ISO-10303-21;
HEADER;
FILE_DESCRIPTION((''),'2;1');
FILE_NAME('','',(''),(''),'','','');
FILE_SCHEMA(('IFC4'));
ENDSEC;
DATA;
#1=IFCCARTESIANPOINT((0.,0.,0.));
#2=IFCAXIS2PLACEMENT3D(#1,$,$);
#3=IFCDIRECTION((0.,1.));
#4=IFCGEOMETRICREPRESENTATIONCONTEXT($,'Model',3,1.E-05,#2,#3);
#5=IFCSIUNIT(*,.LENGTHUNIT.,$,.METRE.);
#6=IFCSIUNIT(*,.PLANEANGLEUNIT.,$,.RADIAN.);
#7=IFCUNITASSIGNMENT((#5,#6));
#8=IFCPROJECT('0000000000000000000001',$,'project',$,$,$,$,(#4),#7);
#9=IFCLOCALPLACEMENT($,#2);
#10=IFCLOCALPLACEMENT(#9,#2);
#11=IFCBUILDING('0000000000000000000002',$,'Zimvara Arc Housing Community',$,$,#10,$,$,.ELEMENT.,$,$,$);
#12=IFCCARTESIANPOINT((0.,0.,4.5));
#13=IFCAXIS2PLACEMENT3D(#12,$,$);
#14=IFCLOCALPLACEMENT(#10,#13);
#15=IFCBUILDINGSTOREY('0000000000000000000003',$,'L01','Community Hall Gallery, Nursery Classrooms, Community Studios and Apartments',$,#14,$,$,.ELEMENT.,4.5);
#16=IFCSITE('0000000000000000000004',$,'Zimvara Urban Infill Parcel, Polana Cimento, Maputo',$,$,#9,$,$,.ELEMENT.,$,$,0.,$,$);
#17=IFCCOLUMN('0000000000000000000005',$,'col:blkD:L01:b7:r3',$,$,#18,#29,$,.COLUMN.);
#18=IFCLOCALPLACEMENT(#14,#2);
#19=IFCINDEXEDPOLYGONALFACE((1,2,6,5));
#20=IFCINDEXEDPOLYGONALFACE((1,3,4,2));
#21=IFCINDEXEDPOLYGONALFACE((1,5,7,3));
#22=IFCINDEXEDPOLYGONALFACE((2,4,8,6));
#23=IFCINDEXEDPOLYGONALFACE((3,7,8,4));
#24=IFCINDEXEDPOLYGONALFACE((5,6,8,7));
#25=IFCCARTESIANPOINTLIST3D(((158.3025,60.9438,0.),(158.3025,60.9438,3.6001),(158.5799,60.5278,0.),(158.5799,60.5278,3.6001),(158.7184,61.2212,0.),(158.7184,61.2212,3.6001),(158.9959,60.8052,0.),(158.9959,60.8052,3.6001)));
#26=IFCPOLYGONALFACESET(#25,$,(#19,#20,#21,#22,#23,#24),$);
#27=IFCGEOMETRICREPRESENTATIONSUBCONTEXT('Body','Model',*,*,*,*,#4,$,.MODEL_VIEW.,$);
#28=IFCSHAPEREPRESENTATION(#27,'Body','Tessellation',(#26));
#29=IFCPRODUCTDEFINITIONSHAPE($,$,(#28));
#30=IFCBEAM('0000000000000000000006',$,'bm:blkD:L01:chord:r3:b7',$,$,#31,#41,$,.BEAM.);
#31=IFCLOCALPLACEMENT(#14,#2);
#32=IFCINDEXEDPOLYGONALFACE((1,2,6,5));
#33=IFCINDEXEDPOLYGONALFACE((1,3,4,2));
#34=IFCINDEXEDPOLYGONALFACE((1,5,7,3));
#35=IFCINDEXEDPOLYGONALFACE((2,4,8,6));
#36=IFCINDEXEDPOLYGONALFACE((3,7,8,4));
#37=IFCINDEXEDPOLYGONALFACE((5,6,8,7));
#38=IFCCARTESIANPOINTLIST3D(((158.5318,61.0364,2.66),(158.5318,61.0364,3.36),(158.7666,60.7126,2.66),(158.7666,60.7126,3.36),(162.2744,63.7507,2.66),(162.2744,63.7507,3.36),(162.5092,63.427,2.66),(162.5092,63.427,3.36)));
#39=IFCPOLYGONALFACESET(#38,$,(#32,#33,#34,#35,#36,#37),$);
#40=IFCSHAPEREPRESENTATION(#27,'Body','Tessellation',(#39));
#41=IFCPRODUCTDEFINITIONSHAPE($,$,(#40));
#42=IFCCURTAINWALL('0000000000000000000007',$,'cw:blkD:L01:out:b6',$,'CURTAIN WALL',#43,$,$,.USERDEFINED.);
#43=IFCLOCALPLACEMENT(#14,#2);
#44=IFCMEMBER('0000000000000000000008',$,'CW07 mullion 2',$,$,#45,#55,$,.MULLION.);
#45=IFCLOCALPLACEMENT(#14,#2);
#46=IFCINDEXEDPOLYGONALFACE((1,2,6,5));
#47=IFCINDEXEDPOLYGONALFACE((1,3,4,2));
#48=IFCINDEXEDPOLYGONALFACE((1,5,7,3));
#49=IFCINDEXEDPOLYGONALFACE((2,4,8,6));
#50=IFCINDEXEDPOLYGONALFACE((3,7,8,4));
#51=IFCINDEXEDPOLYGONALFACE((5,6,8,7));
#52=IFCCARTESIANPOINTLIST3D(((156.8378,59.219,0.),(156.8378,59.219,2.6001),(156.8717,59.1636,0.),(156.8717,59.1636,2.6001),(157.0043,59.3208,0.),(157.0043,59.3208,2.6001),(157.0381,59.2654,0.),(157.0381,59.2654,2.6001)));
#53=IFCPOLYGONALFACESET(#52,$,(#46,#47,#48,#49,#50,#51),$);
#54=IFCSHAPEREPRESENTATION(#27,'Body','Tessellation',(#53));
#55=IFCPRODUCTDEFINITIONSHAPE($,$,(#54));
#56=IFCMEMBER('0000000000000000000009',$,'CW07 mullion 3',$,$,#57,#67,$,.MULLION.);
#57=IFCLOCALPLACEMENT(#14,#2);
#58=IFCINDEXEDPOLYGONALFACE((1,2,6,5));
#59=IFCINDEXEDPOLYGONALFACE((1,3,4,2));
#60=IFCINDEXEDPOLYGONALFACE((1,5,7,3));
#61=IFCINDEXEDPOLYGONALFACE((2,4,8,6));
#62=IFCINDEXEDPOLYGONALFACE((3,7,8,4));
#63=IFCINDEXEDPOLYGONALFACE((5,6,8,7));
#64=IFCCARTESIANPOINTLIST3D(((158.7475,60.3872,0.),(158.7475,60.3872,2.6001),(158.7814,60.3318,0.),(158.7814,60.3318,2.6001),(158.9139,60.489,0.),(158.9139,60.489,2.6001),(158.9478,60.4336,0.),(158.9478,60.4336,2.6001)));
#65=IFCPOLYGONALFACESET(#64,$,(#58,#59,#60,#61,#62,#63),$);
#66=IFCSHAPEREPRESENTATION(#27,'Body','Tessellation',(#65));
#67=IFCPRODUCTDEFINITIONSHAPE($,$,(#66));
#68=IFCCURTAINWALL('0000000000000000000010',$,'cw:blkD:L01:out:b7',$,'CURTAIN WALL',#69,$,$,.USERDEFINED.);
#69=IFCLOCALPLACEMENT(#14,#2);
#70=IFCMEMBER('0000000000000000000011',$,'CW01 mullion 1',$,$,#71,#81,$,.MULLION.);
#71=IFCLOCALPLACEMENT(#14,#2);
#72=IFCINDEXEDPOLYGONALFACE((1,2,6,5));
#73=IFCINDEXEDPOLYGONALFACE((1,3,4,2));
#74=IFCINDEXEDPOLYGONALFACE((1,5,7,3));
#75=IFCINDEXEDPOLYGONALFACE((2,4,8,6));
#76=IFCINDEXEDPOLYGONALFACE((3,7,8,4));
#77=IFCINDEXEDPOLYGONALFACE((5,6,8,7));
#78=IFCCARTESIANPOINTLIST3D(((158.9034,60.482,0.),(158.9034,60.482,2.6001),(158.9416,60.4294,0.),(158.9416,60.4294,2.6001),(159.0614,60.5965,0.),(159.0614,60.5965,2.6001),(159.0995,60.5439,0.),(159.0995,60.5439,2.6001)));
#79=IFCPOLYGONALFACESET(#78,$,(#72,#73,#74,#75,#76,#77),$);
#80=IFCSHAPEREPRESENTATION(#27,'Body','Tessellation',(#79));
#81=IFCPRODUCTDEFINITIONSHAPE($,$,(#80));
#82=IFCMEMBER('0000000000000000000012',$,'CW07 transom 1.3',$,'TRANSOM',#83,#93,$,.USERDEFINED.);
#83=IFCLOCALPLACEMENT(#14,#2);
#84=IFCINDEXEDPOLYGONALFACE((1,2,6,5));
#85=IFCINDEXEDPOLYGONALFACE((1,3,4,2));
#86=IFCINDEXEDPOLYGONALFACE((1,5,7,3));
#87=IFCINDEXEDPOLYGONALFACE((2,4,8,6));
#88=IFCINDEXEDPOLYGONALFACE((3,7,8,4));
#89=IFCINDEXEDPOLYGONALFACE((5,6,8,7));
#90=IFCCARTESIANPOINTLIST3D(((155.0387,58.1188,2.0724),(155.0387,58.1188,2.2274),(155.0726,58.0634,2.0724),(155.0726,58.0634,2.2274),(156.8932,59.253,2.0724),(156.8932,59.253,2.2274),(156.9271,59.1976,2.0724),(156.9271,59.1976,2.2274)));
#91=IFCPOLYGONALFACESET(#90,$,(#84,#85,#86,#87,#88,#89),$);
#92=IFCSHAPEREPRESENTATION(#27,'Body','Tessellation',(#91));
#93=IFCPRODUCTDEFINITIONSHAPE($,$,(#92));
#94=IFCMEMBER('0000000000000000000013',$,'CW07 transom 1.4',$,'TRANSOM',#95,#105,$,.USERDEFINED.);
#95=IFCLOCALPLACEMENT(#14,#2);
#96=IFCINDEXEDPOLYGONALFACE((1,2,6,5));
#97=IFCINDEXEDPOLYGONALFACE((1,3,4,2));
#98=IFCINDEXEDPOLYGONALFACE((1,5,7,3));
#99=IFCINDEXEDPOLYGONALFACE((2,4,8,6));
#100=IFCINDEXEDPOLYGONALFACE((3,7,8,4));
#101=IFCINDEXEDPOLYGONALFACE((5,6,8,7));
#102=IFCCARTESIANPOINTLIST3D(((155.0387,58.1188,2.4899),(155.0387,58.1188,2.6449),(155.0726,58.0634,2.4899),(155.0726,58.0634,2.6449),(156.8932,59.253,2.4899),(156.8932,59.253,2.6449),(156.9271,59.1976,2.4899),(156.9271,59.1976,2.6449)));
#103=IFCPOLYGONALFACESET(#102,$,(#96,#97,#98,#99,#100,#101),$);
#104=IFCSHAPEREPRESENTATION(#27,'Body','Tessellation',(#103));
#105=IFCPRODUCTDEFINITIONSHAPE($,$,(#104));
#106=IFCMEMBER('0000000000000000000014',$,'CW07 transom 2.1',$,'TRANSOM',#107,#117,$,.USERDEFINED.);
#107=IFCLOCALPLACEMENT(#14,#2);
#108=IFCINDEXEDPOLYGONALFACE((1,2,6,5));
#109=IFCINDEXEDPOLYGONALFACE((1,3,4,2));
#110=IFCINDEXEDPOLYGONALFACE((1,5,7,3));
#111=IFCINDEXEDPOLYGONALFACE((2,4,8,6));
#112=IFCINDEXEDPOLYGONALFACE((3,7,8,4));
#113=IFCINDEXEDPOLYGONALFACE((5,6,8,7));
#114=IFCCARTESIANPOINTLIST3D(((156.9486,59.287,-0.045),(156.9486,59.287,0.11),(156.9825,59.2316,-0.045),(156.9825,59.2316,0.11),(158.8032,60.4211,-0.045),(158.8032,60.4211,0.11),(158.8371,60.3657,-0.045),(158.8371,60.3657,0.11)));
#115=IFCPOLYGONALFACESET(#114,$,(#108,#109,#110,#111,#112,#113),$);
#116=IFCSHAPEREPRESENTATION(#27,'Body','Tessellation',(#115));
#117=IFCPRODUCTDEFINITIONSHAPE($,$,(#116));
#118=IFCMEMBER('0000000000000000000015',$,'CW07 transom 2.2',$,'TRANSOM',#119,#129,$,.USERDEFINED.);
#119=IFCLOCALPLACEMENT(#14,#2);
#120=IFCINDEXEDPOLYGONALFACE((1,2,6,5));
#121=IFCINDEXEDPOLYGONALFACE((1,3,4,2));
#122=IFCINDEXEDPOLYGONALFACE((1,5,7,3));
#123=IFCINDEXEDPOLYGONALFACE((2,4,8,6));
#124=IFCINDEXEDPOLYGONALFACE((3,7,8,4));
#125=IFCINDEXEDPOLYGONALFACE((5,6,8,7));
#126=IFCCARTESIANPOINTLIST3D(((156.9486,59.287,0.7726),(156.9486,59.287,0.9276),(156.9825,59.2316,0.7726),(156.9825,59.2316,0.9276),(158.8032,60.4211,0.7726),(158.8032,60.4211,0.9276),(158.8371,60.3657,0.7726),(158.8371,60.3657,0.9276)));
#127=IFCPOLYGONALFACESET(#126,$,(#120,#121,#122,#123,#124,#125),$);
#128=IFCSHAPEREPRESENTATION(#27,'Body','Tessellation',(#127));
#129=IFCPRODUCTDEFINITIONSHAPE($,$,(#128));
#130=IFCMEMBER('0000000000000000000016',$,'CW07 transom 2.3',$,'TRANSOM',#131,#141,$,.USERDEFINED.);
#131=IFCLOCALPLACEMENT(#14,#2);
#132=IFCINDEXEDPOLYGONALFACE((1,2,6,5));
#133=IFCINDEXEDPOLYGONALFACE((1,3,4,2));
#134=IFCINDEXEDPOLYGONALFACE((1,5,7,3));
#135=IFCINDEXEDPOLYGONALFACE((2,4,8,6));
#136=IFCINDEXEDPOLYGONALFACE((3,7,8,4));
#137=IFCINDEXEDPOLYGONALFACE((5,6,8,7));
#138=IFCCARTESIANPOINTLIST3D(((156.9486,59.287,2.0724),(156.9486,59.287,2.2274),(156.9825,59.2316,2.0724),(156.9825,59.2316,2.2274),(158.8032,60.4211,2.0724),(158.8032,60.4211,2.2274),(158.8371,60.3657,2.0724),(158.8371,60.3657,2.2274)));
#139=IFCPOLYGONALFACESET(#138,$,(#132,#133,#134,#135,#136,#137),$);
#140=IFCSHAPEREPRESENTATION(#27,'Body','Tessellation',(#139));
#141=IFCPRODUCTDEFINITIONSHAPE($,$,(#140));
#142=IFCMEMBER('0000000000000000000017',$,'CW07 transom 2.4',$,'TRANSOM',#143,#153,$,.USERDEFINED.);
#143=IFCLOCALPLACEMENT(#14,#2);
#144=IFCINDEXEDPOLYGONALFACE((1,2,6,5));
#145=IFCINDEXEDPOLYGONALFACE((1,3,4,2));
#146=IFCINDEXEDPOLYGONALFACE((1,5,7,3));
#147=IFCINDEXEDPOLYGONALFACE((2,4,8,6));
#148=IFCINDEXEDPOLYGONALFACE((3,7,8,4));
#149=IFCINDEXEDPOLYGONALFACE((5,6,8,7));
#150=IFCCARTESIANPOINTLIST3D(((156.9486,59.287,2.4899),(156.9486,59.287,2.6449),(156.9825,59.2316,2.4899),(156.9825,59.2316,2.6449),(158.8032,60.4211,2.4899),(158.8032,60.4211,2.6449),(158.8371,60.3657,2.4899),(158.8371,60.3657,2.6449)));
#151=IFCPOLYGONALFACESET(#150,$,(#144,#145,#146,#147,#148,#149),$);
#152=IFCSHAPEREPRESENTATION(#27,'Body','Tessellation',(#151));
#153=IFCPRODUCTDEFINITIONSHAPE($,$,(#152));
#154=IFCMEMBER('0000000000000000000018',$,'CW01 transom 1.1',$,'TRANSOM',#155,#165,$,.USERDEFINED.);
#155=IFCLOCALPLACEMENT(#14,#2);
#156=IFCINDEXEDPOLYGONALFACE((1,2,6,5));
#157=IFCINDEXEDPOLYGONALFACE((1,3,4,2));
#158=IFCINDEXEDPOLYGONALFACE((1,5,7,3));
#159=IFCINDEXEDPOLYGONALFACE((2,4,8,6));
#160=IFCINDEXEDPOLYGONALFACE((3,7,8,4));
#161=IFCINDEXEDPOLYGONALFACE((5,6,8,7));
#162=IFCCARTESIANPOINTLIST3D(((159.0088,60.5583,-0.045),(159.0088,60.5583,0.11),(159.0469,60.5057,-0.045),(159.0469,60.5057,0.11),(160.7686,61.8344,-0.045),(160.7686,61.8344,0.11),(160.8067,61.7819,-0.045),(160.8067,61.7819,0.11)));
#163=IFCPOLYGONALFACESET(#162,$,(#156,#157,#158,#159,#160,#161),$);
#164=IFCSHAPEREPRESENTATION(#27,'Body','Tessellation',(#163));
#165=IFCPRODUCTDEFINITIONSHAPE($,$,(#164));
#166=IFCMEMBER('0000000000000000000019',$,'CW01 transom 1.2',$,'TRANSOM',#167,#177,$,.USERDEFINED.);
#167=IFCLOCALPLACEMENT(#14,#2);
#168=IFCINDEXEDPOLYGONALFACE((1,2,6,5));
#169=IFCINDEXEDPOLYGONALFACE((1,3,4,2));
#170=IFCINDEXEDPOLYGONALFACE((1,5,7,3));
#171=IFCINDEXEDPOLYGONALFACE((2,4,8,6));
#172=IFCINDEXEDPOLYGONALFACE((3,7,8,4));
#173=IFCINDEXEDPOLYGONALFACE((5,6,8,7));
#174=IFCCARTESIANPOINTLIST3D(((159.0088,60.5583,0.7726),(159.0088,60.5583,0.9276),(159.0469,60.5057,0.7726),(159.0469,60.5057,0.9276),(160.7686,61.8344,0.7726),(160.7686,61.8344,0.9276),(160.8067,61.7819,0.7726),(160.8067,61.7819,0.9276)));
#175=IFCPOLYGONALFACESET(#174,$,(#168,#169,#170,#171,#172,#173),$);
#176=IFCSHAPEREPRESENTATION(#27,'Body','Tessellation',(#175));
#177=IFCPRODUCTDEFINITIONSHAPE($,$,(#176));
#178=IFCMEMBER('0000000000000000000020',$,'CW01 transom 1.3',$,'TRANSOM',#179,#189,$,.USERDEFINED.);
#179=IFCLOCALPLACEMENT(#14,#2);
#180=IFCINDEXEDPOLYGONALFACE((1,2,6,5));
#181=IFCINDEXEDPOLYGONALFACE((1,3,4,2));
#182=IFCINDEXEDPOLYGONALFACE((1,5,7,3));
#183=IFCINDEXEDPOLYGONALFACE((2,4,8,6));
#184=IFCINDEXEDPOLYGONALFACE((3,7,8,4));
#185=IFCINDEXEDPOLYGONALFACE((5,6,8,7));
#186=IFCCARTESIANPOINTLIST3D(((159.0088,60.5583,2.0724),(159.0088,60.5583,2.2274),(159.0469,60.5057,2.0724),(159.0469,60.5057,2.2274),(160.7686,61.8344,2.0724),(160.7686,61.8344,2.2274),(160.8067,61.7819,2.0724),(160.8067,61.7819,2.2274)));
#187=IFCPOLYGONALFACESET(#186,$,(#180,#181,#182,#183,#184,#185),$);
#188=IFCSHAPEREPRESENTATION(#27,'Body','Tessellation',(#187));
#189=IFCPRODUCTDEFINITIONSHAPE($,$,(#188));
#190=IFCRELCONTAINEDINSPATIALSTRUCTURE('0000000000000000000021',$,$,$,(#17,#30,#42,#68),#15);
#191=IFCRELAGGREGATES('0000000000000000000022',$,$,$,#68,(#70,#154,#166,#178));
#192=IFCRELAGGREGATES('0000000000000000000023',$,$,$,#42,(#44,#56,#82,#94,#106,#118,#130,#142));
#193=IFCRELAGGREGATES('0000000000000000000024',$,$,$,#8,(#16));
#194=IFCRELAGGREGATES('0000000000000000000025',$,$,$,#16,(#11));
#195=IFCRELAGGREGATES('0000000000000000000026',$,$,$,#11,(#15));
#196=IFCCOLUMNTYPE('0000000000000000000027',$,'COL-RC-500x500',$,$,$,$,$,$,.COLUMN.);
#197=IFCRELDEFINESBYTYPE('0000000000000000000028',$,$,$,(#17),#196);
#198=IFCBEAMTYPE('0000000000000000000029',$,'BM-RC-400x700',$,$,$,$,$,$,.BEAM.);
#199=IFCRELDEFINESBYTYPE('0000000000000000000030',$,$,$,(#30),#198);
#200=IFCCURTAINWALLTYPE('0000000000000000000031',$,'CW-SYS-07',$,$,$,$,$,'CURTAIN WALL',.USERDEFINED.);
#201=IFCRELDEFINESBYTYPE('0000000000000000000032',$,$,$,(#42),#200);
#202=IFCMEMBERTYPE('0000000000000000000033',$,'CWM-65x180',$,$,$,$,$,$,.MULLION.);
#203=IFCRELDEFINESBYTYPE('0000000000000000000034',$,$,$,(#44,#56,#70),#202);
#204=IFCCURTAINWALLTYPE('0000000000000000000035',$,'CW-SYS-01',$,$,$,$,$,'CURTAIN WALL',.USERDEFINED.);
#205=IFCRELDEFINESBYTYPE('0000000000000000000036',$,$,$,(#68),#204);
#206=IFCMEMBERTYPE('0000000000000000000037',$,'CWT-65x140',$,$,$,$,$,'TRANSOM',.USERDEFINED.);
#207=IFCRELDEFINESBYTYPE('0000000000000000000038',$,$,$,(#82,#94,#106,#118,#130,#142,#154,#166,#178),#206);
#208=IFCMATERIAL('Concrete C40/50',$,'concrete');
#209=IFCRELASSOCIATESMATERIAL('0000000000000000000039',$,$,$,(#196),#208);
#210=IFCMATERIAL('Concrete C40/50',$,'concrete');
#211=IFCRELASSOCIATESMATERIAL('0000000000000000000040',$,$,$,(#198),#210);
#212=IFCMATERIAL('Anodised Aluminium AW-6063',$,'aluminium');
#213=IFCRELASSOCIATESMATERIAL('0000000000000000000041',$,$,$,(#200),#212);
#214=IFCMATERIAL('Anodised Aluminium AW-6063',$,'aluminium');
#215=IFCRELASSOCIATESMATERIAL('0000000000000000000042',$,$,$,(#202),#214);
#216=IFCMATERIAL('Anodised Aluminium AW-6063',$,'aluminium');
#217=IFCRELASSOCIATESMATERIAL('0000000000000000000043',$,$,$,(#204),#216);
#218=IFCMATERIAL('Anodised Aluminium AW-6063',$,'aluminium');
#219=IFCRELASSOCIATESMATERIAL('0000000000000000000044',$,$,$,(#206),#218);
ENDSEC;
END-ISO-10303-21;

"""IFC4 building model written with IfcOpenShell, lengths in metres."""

from ifc_helpers import new_model, si_unit, direction, frame, origin, origin_2d, place, context, subcontext, project, spatial, rectangle, extrude, material, material_profile, profile_set, type_object, element, aggregate, save


model = new_model("IFC4")

# Units and contexts
model_context = context("Model", 3, precision=1e-05, world=origin(), true_north=direction((0.0, 1.0)))
body_context = subcontext(model_context, "Body", "Model", "MODEL_VIEW")
ifc_project = project(units=[si_unit("LENGTHUNIT", "METRE"), si_unit("PLANEANGLEUNIT", "RADIAN")], contexts=[model_context])

# Site, building, storey
site_placement = place(None, origin())
site = spatial("IfcSite", under=ifc_project, at=site_placement, Name="Zimvara Urban Infill Parcel, Polana Cimento, Maputo", CompositionType="ELEMENT", RefElevation=0.0)
building_placement = place(site_placement, origin())
building = spatial("IfcBuilding", under=site, at=building_placement, Name="Zimvara Arc Housing Community", CompositionType="ELEMENT")
storey_placement = place(building_placement, frame((0.0, 0.0, 4.5)))
storey = spatial("IfcBuildingStorey", under=building, at=storey_placement, Name="L01", Description="Community Hall Gallery, Nursery Classrooms, Community Studios and Apartments", CompositionType="ELEMENT", Elevation=4.5)

# Column
ifc_material_1 = material(Name="Concrete C40/50", Category="concrete")
ifc_material_profile_1 = material_profile(ifc_material_1, rectangle(XDim=0.5, YDim=0.5, at=origin_2d()), Name="RC 500x500")
ifc_profile_set_1 = profile_set([ifc_material_profile_1], Name="Concrete C40/50")
column_type = type_object("IfcColumnType", Name="COL-RC-500x500", PredefinedType="COLUMN", material=ifc_profile_set_1)
column_placement = place(storey_placement, frame((158.6492, 60.8745, 0.0), z_axis=(0.0, 0.0, 1.0), x_axis=(0.554844, -0.831954, 0.0)))
element("IfcColumn", 1, at=column_placement, inside=storey, type_object=column_type, Name="col:blkD:L01:b7:r3", PredefinedType="COLUMN", context=body_context, shape_type="SweptSolid", body=[
    extrude(rectangle(XDim=0.5, YDim=0.5, at=origin_2d()), origin(), (0.0, 0.0, 1.0), 3.6001),
])

# Beam
ifc_material_2 = material(Name="Concrete C40/50", Category="concrete")
ifc_material_profile_2 = material_profile(ifc_material_2, rectangle(XDim=0.3999, YDim=0.7, at=origin_2d()), Name="RC 400x700")
ifc_profile_set_2 = profile_set([ifc_material_profile_2], Name="Concrete C40/50")
beam_type = type_object("IfcBeamType", Name="BM-RC-400x700", PredefinedType="BEAM", material=ifc_profile_set_2)
beam_placement = place(storey_placement, frame((158.6492, 60.8745, 3.01), z_axis=(0.809516, 0.587097, 0.0), x_axis=(-0.587097, 0.809516, 0.0)))
element("IfcBeam", 2, at=beam_placement, inside=storey, type_object=beam_type, Name="bm:blkD:L01:chord:r3:b7", PredefinedType="BEAM", context=body_context, shape_type="SweptSolid", body=[
    extrude(rectangle(XDim=0.3999, YDim=0.7, at=origin_2d()), origin(), (0.0, 0.0, 1.0), 4.6233),
])

# Curtain wall, members
ifc_material_3 = material(Name="Anodised Aluminium AW-6063", Category="aluminium")
curtain_wall_type_1 = type_object("IfcCurtainWallType", Name="CW-SYS-07", ElementType="CURTAIN WALL", PredefinedType="USERDEFINED", material=ifc_material_3)
curtain_wall_1_placement = place(storey_placement, origin())
curtain_wall_1 = element("IfcCurtainWall", 3, at=curtain_wall_1_placement, inside=storey, type_object=curtain_wall_type_1, Name="cw:blkD:L01:out:b6", ObjectType="CURTAIN WALL", PredefinedType="USERDEFINED")
ifc_material_4 = material(Name="Anodised Aluminium AW-6063", Category="aluminium")
ifc_material_profile_3 = material_profile(ifc_material_4, rectangle(XDim=0.0649, YDim=0.1951, at=origin_2d()), Name="ALU 65x195")
ifc_profile_set_3 = profile_set([ifc_material_profile_3], Name="Anodised Aluminium AW-6063")
member_type_1 = type_object("IfcMemberType", Name="CWM-65x180", PredefinedType="MULLION", material=ifc_profile_set_3)
member_1_placement = place(storey_placement, frame((156.938, 59.2422, 0.0), z_axis=(0.0, 0.0, 1.0), x_axis=(-0.521754, 0.853096, 0.0)))
member_1 = element("IfcMember", 4, at=member_1_placement, type_object=member_type_1, Name="CW07 mullion 2", PredefinedType="MULLION", context=body_context, shape_type="SweptSolid", body=[
    extrude(rectangle(XDim=0.0649, YDim=0.1951, at=origin_2d()), origin(), (0.0, 0.0, 1.0), 2.6001),
])
member_2_placement = place(storey_placement, frame((158.8477, 60.4104, 0.0), z_axis=(0.0, 0.0, 1.0), x_axis=(-0.521754, 0.853096, 0.0)))
member_2 = element("IfcMember", 5, at=member_2_placement, type_object=member_type_1, Name="CW07 mullion 3", PredefinedType="MULLION", context=body_context, shape_type="SweptSolid", body=[
    extrude(rectangle(XDim=0.0649, YDim=0.1951, at=origin_2d()), origin(), (0.0, 0.0, 1.0), 2.6001),
])

# Curtain wall, member
ifc_material_5 = material(Name="Anodised Aluminium AW-6063", Category="aluminium")
curtain_wall_type_2 = type_object("IfcCurtainWallType", Name="CW-SYS-01", ElementType="CURTAIN WALL", PredefinedType="USERDEFINED", material=ifc_material_5)
curtain_wall_2_placement = place(storey_placement, origin())
curtain_wall_2 = element("IfcCurtainWall", 6, at=curtain_wall_2_placement, inside=storey, type_object=curtain_wall_type_2, Name="cw:blkD:L01:out:b7", ObjectType="CURTAIN WALL", PredefinedType="USERDEFINED")
member_3_placement = place(storey_placement, frame((159.0015, 60.5129, 0.0), z_axis=(0.0, 0.0, 1.0), x_axis=(-0.587078, 0.80953, 0.0)))
member_3 = element("IfcMember", 7, at=member_3_placement, type_object=member_type_1, Name="CW01 mullion 1", PredefinedType="MULLION", context=body_context, shape_type="SweptSolid", body=[
    extrude(rectangle(XDim=0.0649, YDim=0.1951, at=origin_2d()), origin(), (0.0, 0.0, 1.0), 2.6001),
])

# Members
ifc_material_6 = material(Name="Anodised Aluminium AW-6063", Category="aluminium")
ifc_material_profile_4 = material_profile(ifc_material_6, rectangle(XDim=0.0649, YDim=0.155, at=origin_2d()), Name="ALU 65x155")
ifc_profile_set_4 = profile_set([ifc_material_profile_4], Name="Anodised Aluminium AW-6063")
member_type_2 = type_object("IfcMemberType", Name="CWT-65x140", ElementType="TRANSOM", PredefinedType="USERDEFINED", material=ifc_profile_set_4)
member_4_placement = place(storey_placement, frame((155.0557, 58.0911, 2.1499), z_axis=(0.853082, 0.521777, 0.0), x_axis=(-0.521777, 0.853082, 0.0)))
member_4 = element("IfcMember", 8, at=member_4_placement, type_object=member_type_2, Name="CW07 transom 1.3", ObjectType="TRANSOM", PredefinedType="USERDEFINED", context=body_context, shape_type="SweptSolid", body=[
    extrude(rectangle(XDim=0.0649, YDim=0.155, at=origin_2d()), origin(), (0.0, 0.0, 1.0), 2.1738),
])
member_5_placement = place(storey_placement, frame((155.0557, 58.0911, 2.5674), z_axis=(0.853082, 0.521777, 0.0), x_axis=(-0.521777, 0.853082, 0.0)))
member_5 = element("IfcMember", 9, at=member_5_placement, type_object=member_type_2, Name="CW07 transom 1.4", ObjectType="TRANSOM", PredefinedType="USERDEFINED", context=body_context, shape_type="SweptSolid", body=[
    extrude(rectangle(XDim=0.0649, YDim=0.155, at=origin_2d()), origin(), (0.0, 0.0, 1.0), 2.1738),
])
member_6_placement = place(storey_placement, frame((156.9656, 59.2593, 0.0325), z_axis=(0.853132, 0.521695, 0.0), x_axis=(-0.521695, 0.853132, 0.0)))
member_6 = element("IfcMember", 10, at=member_6_placement, type_object=member_type_2, Name="CW07 transom 2.1", ObjectType="TRANSOM", PredefinedType="USERDEFINED", context=body_context, shape_type="SweptSolid", body=[
    extrude(rectangle(XDim=0.0649, YDim=0.155, at=origin_2d()), origin(), (0.0, 0.0, 1.0), 2.1738),
])
member_7_placement = place(storey_placement, frame((156.9656, 59.2593, 0.8501), z_axis=(0.853132, 0.521695, 0.0), x_axis=(-0.521695, 0.853132, 0.0)))
member_7 = element("IfcMember", 11, at=member_7_placement, type_object=member_type_2, Name="CW07 transom 2.2", ObjectType="TRANSOM", PredefinedType="USERDEFINED", context=body_context, shape_type="SweptSolid", body=[
    extrude(rectangle(XDim=0.0649, YDim=0.155, at=origin_2d()), origin(), (0.0, 0.0, 1.0), 2.1738),
])
member_8_placement = place(storey_placement, frame((156.9656, 59.2593, 2.1499), z_axis=(0.853132, 0.521695, 0.0), x_axis=(-0.521695, 0.853132, 0.0)))
member_8 = element("IfcMember", 12, at=member_8_placement, type_object=member_type_2, Name="CW07 transom 2.3", ObjectType="TRANSOM", PredefinedType="USERDEFINED", context=body_context, shape_type="SweptSolid", body=[
    extrude(rectangle(XDim=0.0649, YDim=0.155, at=origin_2d()), origin(), (0.0, 0.0, 1.0), 2.1738),
])
member_9_placement = place(storey_placement, frame((156.9656, 59.2593, 2.5674), z_axis=(0.853132, 0.521695, 0.0), x_axis=(-0.521695, 0.853132, 0.0)))
member_9 = element("IfcMember", 13, at=member_9_placement, type_object=member_type_2, Name="CW07 transom 2.4", ObjectType="TRANSOM", PredefinedType="USERDEFINED", context=body_context, shape_type="SweptSolid", body=[
    extrude(rectangle(XDim=0.0649, YDim=0.155, at=origin_2d()), origin(), (0.0, 0.0, 1.0), 2.1738),
])
member_10_placement = place(storey_placement, frame((159.0278, 60.532, 0.0325), z_axis=(0.809546, 0.587056, 0.0), x_axis=(-0.587056, 0.809546, 0.0)))
member_10 = element("IfcMember", 14, at=member_10_placement, type_object=member_type_2, Name="CW01 transom 1.1", ObjectType="TRANSOM", PredefinedType="USERDEFINED", context=body_context, shape_type="SweptSolid", body=[
    extrude(rectangle(XDim=0.0649, YDim=0.155, at=origin_2d()), origin(), (0.0, 0.0, 1.0), 2.1738),
])
member_11_placement = place(storey_placement, frame((159.0278, 60.532, 0.8501), z_axis=(0.809546, 0.587056, 0.0), x_axis=(-0.587056, 0.809546, 0.0)))
member_11 = element("IfcMember", 15, at=member_11_placement, type_object=member_type_2, Name="CW01 transom 1.2", ObjectType="TRANSOM", PredefinedType="USERDEFINED", context=body_context, shape_type="SweptSolid", body=[
    extrude(rectangle(XDim=0.0649, YDim=0.155, at=origin_2d()), origin(), (0.0, 0.0, 1.0), 2.1738),
])
member_12_placement = place(storey_placement, frame((159.0278, 60.532, 2.1499), z_axis=(0.809546, 0.587056, 0.0), x_axis=(-0.587056, 0.809546, 0.0)))
member_12 = element("IfcMember", 16, at=member_12_placement, type_object=member_type_2, Name="CW01 transom 1.3", ObjectType="TRANSOM", PredefinedType="USERDEFINED", context=body_context, shape_type="SweptSolid", body=[
    extrude(rectangle(XDim=0.0649, YDim=0.155, at=origin_2d()), origin(), (0.0, 0.0, 1.0), 2.1738),
])
aggregate(curtain_wall_2, [member_3, member_10, member_11, member_12])

aggregate(curtain_wall_1, [member_1, member_2, member_4, member_5, member_6, member_7, member_8, member_9])

save(model, "model.ifc")
